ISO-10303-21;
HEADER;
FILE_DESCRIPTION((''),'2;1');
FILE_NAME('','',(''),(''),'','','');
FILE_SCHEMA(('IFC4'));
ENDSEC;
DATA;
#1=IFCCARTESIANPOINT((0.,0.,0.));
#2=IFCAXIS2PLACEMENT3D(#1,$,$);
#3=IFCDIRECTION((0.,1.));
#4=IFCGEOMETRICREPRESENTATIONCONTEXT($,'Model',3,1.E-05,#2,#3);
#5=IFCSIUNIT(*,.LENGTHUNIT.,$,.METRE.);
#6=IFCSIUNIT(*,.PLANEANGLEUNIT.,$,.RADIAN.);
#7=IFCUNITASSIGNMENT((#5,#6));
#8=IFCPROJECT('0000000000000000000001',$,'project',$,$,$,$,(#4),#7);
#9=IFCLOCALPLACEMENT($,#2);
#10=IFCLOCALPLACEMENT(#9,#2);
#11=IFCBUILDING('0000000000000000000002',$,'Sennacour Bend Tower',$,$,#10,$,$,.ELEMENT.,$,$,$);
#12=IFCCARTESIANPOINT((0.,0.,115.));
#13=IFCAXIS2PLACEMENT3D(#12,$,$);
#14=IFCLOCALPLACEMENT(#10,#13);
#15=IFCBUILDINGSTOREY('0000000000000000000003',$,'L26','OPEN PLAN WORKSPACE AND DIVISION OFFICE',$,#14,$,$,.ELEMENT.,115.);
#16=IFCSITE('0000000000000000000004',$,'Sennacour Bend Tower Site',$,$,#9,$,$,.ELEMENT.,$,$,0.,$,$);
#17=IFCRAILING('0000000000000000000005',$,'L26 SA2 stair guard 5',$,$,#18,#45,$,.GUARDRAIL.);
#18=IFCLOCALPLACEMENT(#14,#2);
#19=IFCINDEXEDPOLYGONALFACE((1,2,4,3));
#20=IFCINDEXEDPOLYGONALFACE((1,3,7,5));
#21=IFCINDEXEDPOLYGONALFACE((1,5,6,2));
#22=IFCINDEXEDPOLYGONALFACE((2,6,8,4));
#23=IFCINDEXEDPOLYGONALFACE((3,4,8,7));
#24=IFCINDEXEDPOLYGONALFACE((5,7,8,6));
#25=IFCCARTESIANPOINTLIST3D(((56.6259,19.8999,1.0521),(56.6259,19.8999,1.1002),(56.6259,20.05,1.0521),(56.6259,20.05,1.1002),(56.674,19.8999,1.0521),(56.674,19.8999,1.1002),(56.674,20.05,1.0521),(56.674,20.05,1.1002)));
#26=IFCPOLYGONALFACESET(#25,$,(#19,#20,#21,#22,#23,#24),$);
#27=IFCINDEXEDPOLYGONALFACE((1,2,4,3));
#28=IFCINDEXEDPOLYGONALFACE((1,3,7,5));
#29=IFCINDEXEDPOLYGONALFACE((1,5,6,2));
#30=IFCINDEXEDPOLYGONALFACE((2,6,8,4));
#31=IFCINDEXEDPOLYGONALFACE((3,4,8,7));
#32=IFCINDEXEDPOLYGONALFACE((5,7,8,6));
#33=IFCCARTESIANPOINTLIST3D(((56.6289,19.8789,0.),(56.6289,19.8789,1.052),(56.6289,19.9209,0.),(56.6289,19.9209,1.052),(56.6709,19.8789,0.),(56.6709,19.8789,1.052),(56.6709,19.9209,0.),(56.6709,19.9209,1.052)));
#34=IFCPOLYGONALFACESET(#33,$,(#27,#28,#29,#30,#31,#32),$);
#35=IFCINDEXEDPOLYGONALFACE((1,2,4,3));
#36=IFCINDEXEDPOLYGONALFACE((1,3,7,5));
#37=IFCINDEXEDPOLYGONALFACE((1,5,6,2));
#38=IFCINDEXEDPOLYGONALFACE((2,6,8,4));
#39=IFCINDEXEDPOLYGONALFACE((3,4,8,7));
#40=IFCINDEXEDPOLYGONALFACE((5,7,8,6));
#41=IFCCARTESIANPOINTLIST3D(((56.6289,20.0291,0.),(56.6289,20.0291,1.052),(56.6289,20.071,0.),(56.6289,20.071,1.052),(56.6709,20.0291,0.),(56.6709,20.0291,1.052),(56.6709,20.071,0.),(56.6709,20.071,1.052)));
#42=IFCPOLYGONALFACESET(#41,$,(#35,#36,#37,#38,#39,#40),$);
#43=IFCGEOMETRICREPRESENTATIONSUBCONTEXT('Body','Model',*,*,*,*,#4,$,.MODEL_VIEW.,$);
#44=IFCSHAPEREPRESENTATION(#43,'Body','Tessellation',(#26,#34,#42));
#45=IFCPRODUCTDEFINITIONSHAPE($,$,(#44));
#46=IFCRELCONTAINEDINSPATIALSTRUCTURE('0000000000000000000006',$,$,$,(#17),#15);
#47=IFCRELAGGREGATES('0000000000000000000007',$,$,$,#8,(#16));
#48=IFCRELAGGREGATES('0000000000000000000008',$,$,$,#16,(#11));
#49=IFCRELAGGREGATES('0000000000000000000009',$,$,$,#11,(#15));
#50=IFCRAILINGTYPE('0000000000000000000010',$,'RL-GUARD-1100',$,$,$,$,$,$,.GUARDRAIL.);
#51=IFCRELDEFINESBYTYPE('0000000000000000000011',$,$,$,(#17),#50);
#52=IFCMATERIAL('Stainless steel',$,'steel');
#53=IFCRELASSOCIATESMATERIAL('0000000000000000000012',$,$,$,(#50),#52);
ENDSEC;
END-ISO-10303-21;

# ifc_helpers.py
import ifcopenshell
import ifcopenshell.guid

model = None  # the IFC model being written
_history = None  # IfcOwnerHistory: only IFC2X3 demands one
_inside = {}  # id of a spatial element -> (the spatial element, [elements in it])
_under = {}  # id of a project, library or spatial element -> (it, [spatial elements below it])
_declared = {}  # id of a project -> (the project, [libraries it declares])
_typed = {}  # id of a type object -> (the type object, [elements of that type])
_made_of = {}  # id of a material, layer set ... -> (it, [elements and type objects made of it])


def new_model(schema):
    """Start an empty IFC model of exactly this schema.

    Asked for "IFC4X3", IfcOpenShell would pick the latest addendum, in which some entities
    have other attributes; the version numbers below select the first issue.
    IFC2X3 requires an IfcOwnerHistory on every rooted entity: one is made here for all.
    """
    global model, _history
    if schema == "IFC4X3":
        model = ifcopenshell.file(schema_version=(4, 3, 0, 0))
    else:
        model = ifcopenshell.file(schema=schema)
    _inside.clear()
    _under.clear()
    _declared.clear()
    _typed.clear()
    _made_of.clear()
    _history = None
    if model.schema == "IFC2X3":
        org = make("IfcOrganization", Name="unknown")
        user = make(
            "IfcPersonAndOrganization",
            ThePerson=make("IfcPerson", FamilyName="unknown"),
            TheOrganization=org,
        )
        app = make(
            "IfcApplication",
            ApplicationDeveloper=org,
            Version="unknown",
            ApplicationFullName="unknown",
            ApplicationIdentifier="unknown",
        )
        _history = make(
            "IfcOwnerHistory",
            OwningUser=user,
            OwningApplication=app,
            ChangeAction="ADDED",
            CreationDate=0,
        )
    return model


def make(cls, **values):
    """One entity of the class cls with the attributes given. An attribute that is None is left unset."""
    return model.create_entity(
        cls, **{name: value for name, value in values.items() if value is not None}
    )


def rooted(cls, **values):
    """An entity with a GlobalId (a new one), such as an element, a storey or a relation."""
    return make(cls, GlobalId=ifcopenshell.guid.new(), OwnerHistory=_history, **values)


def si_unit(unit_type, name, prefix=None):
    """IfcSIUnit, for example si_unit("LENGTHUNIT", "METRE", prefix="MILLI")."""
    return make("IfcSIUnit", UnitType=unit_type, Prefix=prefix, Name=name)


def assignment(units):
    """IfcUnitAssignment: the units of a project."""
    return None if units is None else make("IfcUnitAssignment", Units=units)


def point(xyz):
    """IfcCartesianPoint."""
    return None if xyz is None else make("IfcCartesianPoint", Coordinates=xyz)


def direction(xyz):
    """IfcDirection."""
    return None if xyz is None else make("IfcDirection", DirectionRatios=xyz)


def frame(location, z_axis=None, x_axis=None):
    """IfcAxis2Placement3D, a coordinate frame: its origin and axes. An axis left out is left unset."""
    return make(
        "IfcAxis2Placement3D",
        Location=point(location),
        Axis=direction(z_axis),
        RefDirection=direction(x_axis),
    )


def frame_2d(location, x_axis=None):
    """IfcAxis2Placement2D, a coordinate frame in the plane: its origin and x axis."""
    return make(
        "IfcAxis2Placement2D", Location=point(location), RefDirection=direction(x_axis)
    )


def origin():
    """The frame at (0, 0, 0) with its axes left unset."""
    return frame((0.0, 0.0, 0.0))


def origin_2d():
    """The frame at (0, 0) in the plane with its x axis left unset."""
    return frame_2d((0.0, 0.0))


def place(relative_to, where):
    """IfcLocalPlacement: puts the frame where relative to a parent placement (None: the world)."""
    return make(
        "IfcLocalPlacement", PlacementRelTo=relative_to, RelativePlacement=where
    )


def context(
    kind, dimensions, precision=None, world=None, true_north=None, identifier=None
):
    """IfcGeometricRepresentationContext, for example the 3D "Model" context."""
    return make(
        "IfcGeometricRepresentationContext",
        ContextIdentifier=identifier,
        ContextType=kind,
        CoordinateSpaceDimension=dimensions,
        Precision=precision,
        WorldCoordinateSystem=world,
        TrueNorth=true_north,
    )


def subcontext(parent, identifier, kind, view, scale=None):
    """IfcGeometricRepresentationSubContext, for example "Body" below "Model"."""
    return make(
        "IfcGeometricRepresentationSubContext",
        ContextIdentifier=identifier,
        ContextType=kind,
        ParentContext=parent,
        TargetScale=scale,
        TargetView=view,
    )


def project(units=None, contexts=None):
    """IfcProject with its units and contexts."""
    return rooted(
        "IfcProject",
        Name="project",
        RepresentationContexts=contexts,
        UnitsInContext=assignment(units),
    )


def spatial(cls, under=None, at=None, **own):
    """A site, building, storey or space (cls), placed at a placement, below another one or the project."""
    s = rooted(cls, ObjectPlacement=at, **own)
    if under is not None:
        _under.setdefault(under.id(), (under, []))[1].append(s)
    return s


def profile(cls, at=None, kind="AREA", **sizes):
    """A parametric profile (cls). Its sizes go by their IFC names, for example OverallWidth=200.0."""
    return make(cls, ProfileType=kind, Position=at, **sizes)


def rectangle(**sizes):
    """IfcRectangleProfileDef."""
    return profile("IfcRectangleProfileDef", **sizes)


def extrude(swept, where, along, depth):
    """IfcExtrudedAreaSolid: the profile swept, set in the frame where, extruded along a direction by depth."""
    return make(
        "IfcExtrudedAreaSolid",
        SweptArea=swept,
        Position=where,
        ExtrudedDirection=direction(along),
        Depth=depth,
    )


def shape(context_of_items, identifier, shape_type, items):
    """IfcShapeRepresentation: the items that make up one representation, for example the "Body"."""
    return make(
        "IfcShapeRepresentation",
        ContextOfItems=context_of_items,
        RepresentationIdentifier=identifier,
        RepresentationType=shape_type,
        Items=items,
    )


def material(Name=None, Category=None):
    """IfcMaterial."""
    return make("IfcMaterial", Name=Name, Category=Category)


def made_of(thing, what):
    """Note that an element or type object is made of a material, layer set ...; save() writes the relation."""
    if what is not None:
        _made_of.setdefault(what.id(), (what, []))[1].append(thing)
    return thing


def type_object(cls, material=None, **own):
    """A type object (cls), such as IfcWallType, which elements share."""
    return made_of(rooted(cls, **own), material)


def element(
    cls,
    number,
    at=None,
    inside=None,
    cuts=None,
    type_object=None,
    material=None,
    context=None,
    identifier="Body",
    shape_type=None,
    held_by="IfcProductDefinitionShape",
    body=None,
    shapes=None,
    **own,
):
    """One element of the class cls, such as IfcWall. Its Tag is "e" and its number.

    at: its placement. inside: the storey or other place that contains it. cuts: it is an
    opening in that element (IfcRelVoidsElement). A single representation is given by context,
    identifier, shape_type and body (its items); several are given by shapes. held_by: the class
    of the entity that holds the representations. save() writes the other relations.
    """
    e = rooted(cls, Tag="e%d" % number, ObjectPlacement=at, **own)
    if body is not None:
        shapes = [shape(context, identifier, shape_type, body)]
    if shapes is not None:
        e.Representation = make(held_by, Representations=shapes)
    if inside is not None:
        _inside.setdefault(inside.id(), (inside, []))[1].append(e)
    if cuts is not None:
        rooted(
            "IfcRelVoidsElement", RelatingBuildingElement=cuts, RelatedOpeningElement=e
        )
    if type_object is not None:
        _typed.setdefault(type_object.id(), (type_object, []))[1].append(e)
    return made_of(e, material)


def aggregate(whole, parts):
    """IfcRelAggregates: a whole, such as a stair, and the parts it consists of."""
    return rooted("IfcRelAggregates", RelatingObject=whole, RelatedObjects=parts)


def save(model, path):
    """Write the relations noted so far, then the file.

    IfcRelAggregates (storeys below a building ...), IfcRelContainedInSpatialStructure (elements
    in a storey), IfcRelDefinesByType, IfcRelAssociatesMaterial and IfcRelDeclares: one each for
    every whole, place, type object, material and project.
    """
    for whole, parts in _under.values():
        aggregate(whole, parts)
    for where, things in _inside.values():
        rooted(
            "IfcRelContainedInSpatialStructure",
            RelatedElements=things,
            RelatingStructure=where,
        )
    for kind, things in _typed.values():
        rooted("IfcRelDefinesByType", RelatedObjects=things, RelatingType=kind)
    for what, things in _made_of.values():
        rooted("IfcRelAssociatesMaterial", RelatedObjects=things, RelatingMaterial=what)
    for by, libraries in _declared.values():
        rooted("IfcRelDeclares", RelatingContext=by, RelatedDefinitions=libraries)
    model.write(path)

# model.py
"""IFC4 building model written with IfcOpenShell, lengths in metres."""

from ifc_helpers import new_model, si_unit, direction, frame, origin, origin_2d, place, context, subcontext, project, spatial, rectangle, extrude, material, type_object, element, save


model = new_model("IFC4")

# Units and contexts
model_context = context("Model", 3, precision=1e-05, world=origin(), true_north=direction((0.0, 1.0)))
body_context = subcontext(model_context, "Body", "Model", "MODEL_VIEW")
ifc_project = project(units=[si_unit("LENGTHUNIT", "METRE"), si_unit("PLANEANGLEUNIT", "RADIAN")], contexts=[model_context])

# Site, building, storey
site_placement = place(None, origin())
site = spatial("IfcSite", under=ifc_project, at=site_placement, Name="Sennacour Bend Tower Site", CompositionType="ELEMENT", RefElevation=0.0)
building_placement = place(site_placement, origin())
building = spatial("IfcBuilding", under=site, at=building_placement, Name="Sennacour Bend Tower", CompositionType="ELEMENT")
storey_placement = place(building_placement, frame((0.0, 0.0, 115.0)))
storey = spatial("IfcBuildingStorey", under=building, at=storey_placement, Name="L26", Description="OPEN PLAN WORKSPACE AND DIVISION OFFICE", CompositionType="ELEMENT", Elevation=115.0)

# Shared definitions
ifc_material_1 = material(Name="Stainless steel", Category="steel")

# Railing
railing_type = type_object("IfcRailingType", Name="RL-GUARD-1100", PredefinedType="GUARDRAIL", material=ifc_material_1)
railing_1_placement = place(storey_placement, frame((56.6499, 19.8999, 0.0)))
element("IfcRailing", 1, at=railing_1_placement, inside=storey, type_object=railing_type, Name="L26 SA2 stair guard 5", PredefinedType="GUARDRAIL", context=body_context, shape_type="SweptSolid", body=[
    extrude(rectangle(XDim=0.0481, YDim=0.0481, at=origin_2d()), frame((0.0, 0.0, 1.0762), z_axis=(0.0, 1.0, 0.0), x_axis=(-1.0, 0.0, 0.0)), (0.0, 0.0, 1.0), 0.1501),
    extrude(rectangle(XDim=0.042, YDim=0.042, at=origin_2d()), origin(), (0.0, 0.0, 1.0), 1.052),
    extrude(rectangle(XDim=0.042, YDim=0.042, at=origin_2d()), frame((0.0, 0.1501, 0.0)), (0.0, 0.0, 1.0), 1.052),
])

save(model, "model.ifc")
